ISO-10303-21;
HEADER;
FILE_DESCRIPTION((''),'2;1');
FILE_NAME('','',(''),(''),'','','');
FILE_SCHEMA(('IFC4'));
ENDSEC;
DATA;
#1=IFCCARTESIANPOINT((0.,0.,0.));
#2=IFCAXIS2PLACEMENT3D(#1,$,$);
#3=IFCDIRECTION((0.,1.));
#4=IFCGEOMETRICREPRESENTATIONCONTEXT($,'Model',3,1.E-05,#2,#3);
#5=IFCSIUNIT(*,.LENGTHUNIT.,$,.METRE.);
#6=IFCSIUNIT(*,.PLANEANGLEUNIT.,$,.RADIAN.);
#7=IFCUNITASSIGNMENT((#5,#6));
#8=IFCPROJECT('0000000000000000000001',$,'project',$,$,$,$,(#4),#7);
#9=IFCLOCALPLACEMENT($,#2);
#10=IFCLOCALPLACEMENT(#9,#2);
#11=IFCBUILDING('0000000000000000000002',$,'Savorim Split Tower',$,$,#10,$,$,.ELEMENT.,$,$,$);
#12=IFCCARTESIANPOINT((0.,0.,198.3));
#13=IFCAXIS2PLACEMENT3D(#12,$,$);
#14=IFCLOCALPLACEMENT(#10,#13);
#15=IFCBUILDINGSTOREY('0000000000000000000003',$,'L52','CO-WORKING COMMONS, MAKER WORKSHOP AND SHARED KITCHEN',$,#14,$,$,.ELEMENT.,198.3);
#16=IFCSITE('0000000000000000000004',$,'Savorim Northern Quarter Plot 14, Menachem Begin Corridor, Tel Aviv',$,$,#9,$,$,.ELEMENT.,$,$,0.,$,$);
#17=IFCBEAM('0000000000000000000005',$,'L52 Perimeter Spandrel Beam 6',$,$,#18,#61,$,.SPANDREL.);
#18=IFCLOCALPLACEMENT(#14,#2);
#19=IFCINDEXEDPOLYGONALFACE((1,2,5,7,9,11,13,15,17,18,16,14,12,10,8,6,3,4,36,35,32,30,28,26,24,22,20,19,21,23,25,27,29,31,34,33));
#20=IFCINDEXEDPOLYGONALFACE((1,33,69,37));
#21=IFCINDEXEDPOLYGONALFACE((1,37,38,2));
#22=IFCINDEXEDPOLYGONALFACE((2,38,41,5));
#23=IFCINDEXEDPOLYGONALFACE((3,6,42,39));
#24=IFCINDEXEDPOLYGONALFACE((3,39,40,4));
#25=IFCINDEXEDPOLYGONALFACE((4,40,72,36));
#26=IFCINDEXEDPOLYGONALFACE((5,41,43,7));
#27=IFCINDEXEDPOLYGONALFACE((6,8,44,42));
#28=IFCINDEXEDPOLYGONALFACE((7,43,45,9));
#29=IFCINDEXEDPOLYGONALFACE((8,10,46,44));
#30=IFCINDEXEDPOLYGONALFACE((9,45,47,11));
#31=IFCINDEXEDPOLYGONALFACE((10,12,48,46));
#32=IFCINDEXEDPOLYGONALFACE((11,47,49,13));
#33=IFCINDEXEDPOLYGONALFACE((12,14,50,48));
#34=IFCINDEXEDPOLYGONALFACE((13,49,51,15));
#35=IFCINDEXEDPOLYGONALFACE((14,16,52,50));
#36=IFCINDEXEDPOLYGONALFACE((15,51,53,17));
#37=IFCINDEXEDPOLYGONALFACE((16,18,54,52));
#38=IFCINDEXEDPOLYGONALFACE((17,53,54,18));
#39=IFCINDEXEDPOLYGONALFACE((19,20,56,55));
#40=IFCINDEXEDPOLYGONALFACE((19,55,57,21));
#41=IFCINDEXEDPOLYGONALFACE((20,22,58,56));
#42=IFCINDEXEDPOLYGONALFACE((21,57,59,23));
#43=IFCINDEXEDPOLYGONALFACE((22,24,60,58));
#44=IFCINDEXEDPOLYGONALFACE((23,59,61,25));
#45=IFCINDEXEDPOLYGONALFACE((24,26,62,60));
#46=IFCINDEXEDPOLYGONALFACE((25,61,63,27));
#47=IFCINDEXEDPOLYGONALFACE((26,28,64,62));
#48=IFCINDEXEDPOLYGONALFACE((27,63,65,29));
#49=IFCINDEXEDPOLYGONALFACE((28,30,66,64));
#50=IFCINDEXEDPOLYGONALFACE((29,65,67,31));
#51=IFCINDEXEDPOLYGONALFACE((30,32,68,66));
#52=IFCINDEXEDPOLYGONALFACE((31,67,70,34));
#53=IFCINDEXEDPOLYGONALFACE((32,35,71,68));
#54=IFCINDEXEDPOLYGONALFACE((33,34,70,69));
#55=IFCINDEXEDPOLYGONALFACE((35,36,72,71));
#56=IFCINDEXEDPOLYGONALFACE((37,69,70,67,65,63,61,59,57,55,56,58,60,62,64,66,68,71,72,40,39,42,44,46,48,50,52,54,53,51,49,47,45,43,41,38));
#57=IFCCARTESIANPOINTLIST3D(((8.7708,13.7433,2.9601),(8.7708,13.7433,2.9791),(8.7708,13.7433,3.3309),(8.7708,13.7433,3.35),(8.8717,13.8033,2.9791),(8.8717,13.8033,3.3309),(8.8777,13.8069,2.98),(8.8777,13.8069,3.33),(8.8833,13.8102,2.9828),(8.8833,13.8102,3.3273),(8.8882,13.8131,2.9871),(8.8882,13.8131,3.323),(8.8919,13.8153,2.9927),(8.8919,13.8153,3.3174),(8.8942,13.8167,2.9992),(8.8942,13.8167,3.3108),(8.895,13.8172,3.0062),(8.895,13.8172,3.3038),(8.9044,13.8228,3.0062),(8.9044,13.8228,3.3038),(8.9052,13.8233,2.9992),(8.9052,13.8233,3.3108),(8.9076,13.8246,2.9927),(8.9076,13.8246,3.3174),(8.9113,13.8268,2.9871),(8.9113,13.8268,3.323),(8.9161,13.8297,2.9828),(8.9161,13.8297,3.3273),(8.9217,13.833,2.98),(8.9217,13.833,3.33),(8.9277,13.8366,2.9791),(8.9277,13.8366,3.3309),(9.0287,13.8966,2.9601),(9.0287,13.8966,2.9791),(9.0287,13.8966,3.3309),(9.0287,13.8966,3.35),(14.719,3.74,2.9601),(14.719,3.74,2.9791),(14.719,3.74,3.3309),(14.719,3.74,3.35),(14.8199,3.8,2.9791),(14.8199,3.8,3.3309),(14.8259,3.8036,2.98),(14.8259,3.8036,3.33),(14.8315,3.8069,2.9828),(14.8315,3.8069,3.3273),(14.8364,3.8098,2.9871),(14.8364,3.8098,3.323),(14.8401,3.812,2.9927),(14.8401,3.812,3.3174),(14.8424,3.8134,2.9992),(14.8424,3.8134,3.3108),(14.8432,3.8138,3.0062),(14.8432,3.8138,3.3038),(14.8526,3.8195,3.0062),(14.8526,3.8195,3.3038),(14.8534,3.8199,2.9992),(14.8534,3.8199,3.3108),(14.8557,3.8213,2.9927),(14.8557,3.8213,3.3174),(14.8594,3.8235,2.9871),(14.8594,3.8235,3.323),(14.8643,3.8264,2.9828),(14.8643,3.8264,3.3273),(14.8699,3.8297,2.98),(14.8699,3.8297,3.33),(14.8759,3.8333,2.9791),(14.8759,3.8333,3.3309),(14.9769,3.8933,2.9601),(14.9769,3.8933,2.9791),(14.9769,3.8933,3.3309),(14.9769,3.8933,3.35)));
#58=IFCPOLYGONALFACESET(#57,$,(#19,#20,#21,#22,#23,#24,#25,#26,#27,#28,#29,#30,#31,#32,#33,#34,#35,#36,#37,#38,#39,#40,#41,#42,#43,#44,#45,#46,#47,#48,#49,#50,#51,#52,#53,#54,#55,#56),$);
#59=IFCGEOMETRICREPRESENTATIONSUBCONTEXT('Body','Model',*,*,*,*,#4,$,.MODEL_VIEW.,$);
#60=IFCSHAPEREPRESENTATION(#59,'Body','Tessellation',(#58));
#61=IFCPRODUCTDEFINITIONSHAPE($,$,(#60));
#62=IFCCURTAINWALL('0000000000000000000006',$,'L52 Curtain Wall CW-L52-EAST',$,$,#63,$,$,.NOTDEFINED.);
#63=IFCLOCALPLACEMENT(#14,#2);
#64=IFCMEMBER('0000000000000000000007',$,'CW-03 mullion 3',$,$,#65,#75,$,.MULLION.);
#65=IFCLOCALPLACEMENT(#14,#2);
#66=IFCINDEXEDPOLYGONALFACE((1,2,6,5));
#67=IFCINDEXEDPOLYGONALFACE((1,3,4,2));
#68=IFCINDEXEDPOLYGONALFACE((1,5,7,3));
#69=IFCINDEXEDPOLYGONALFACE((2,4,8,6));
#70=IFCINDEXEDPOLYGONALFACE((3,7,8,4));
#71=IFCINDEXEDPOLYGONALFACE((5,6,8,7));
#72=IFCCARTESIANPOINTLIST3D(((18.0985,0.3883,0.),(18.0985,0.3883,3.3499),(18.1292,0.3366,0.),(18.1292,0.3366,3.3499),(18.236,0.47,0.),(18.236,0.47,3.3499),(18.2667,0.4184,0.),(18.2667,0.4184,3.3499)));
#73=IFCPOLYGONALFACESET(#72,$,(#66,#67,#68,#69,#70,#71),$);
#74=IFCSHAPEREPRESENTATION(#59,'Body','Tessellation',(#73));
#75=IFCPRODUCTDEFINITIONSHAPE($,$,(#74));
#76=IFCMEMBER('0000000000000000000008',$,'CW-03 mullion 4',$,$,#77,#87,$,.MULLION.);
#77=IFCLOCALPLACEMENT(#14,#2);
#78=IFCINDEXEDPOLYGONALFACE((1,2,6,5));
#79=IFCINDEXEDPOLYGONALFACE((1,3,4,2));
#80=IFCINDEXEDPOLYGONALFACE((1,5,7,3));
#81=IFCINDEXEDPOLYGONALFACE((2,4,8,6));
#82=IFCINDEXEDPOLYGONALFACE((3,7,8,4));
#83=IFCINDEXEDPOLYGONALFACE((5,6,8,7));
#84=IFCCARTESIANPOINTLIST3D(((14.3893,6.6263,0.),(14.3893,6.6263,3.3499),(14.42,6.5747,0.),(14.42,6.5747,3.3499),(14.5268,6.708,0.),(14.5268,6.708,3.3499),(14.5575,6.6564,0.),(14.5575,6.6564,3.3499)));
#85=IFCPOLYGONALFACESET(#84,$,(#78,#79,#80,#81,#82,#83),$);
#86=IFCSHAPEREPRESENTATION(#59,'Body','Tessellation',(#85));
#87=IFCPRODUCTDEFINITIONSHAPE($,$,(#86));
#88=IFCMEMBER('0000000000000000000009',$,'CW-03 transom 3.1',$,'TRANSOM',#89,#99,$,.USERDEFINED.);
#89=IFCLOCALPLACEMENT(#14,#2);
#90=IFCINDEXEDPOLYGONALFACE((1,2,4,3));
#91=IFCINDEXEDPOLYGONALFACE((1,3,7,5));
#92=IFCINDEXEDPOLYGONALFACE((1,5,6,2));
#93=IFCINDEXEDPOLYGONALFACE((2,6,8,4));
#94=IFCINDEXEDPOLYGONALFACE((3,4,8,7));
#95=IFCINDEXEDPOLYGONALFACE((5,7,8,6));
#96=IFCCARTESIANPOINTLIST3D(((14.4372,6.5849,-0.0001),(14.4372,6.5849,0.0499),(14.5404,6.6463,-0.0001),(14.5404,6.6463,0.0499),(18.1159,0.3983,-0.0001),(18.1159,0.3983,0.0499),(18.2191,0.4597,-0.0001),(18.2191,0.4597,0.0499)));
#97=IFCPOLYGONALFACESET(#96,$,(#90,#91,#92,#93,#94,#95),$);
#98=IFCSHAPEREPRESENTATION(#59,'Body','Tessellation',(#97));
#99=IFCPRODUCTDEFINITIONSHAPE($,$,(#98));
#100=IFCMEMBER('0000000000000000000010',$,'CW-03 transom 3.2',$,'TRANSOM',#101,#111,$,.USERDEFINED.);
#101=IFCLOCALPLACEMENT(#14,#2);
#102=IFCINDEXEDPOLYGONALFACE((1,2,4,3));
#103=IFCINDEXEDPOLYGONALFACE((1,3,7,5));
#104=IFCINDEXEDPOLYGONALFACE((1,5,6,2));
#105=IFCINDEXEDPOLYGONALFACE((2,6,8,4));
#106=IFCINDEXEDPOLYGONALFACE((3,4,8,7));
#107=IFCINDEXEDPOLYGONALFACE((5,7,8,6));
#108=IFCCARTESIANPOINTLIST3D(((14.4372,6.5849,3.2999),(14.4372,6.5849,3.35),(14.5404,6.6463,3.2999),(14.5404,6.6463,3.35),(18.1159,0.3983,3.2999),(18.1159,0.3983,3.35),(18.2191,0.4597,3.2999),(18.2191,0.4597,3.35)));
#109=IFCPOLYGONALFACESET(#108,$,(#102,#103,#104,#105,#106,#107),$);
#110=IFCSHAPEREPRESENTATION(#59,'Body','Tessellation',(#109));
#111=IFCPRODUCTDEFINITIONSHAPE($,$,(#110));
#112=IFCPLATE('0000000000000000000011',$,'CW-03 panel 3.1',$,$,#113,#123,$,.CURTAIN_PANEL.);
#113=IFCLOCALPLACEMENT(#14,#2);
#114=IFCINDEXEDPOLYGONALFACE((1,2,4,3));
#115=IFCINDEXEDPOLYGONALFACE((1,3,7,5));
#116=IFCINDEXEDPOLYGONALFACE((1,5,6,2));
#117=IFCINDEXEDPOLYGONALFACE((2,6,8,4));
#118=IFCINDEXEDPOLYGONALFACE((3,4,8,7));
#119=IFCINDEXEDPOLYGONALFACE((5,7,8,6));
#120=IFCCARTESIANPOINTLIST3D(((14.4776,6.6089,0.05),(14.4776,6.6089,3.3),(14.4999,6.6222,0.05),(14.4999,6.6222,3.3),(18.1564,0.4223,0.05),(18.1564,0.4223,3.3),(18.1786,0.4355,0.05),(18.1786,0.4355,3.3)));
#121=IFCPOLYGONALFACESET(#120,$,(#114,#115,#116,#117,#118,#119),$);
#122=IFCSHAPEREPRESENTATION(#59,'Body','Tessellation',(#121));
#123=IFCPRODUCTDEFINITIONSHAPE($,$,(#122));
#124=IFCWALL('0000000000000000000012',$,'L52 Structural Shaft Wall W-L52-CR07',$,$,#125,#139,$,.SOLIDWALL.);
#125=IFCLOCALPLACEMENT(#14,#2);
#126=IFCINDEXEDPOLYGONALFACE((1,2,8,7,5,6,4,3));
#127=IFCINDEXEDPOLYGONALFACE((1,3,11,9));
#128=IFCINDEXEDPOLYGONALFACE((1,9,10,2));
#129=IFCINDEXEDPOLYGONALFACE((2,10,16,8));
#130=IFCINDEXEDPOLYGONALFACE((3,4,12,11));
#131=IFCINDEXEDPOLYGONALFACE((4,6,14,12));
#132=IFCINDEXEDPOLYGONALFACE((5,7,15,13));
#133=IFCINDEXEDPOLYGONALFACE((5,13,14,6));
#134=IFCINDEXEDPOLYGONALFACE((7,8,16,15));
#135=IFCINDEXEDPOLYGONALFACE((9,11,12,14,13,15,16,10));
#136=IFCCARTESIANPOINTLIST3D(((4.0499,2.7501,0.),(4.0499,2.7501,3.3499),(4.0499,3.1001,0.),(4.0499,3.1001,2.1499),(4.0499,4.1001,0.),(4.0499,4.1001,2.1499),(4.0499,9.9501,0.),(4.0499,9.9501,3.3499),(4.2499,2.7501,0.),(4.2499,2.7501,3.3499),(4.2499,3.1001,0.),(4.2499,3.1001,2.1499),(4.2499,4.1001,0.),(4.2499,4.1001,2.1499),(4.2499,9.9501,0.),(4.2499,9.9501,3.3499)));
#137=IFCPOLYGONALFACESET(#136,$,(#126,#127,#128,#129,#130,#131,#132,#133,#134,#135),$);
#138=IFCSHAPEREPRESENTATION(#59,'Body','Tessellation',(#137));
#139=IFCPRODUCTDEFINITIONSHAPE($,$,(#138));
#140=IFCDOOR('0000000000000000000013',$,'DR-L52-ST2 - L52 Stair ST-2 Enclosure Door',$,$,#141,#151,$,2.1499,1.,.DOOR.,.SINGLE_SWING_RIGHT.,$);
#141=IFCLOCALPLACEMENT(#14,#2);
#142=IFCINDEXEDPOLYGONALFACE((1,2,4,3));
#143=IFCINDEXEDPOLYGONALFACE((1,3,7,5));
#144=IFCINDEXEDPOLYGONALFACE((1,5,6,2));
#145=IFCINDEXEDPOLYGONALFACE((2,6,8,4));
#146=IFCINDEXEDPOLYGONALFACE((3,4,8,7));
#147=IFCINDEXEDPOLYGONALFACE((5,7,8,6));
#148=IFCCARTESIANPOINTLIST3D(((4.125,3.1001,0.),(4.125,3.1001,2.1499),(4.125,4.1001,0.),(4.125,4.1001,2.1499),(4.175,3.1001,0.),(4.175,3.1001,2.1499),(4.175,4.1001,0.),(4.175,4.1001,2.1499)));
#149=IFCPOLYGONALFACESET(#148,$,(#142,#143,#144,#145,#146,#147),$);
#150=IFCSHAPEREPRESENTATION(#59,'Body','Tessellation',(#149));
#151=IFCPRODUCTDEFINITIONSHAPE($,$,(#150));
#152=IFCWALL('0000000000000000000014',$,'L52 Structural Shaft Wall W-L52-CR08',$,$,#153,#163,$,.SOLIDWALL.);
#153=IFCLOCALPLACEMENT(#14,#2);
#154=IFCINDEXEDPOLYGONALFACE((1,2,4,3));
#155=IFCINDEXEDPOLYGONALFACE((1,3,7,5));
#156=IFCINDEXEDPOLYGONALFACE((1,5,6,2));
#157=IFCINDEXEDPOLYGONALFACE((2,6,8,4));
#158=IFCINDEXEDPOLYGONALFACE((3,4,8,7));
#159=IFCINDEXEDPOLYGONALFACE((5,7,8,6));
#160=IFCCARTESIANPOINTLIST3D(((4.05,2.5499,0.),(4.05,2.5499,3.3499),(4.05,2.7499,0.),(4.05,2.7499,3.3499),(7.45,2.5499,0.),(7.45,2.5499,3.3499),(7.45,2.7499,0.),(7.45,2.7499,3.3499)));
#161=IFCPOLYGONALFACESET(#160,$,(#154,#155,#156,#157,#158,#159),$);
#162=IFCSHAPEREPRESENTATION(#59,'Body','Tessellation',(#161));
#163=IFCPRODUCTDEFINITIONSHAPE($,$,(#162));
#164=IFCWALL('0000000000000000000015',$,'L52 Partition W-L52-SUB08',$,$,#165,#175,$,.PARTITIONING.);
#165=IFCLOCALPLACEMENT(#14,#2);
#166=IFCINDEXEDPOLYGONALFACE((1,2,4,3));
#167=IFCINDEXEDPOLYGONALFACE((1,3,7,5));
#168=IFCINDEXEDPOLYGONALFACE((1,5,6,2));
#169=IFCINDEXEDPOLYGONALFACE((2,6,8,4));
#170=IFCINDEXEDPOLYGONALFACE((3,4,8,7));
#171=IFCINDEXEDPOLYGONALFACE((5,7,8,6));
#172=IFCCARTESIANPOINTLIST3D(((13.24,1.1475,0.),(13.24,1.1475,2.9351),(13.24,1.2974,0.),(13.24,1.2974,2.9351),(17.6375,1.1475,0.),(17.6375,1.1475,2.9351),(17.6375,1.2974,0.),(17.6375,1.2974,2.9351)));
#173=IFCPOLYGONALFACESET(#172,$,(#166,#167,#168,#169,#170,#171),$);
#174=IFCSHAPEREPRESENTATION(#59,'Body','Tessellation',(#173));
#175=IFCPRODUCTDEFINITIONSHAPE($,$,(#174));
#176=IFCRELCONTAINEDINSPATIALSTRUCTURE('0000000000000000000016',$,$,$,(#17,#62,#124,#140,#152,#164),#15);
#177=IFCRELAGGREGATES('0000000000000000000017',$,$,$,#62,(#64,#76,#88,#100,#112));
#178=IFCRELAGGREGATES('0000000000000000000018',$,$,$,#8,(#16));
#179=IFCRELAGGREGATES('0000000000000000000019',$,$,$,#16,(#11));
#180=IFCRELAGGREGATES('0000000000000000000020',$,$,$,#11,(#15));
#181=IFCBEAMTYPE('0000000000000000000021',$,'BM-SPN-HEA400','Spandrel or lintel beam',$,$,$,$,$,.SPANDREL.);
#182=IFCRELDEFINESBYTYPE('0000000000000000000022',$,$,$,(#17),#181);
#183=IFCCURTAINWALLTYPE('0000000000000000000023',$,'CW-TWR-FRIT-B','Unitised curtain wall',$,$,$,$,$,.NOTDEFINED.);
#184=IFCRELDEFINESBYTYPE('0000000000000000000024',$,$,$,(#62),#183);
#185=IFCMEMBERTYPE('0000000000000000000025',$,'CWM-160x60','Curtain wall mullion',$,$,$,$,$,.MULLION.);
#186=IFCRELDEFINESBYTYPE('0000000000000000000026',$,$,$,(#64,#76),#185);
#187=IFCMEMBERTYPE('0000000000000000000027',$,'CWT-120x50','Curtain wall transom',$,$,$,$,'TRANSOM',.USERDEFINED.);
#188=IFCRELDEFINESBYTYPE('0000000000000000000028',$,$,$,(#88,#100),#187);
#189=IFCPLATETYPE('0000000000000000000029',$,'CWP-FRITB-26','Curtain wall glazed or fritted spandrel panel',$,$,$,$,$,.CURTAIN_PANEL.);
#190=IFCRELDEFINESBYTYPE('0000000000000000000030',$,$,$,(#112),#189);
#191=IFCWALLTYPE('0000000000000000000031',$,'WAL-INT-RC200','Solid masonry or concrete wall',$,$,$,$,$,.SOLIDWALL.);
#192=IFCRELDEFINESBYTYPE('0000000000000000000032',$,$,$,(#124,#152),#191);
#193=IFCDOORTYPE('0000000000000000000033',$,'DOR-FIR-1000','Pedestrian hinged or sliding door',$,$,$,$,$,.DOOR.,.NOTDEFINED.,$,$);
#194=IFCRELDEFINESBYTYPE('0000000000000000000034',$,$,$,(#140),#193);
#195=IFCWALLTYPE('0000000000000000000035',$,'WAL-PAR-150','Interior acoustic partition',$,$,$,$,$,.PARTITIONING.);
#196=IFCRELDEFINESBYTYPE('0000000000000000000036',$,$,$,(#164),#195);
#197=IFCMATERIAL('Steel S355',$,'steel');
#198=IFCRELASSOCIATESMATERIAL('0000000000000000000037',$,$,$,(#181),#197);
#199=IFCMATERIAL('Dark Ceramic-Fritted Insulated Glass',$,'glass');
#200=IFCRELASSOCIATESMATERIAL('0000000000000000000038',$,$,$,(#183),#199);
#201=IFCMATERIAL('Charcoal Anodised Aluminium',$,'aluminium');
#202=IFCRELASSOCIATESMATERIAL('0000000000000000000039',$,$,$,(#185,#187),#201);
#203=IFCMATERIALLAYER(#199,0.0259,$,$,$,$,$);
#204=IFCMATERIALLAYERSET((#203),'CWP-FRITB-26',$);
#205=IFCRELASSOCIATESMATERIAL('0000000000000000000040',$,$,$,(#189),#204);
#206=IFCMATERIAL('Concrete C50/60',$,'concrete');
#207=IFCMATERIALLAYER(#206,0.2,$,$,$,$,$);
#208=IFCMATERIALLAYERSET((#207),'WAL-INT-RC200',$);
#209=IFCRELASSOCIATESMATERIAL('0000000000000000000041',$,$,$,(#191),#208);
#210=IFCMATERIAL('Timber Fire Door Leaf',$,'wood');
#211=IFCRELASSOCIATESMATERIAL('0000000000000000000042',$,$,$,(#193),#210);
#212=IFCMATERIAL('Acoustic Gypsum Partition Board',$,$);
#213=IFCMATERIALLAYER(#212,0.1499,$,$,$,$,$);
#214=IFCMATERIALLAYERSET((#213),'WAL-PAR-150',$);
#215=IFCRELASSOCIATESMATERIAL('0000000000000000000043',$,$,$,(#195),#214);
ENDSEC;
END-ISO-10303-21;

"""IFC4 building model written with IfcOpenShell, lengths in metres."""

from ifc_helpers import new_model, si_unit, direction, frame, frame_2d, origin, origin_2d, place, context, subcontext, project, spatial, rectangle, i_section, extrude, material, layer, layer_set, material_profile, profile_set, type_object, element, fill, aggregate, save


model = new_model("IFC4")

# Units and contexts
model_context = context("Model", 3, precision=1e-05, world=origin(), true_north=direction((0.0, 1.0)))
body_context = subcontext(model_context, "Body", "Model", "MODEL_VIEW")
ifc_project = project(units=[si_unit("LENGTHUNIT", "METRE"), si_unit("PLANEANGLEUNIT", "RADIAN")], contexts=[model_context])

# Site, building, storey
site_placement = place(None, origin())
site = spatial("IfcSite", under=ifc_project, at=site_placement, Name="Savorim Northern Quarter Plot 14, Menachem Begin Corridor, Tel Aviv", CompositionType="ELEMENT", RefElevation=0.0)
building_placement = place(site_placement, origin())
building = spatial("IfcBuilding", under=site, at=building_placement, Name="Savorim Split Tower", CompositionType="ELEMENT")
storey_placement = place(building_placement, frame((0.0, 0.0, 198.3)))
storey = spatial("IfcBuildingStorey", under=building, at=storey_placement, Name="L52", Description="CO-WORKING COMMONS, MAKER WORKSHOP AND SHARED KITCHEN", CompositionType="ELEMENT", Elevation=198.3)

# Shared definitions
ifc_material_1 = material(Name="Steel S355", Category="steel")

# Beam
ifc_material_profile_1 = material_profile(ifc_material_1, i_section(OverallWidth=0.3, OverallDepth=0.3899, WebThickness=0.011, FlangeThickness=0.019, FilletRadius=0.0271, at=origin_2d()), Name="HEA 400")
ifc_profile_set_1 = profile_set([ifc_material_profile_1], Name="Steel S355")
beam_type_1 = type_object("IfcBeamType", Name="BM-SPN-HEA400", Description="Spandrel or lintel beam", PredefinedType="SPANDREL", material=ifc_profile_set_1)
beam_1_placement = place(storey_placement, frame((14.8479, 3.8167, 3.155), z_axis=(-0.511092, 0.859526, 0.0), x_axis=(-0.859526, -0.511092, 0.0)))
element("IfcBeam", 1, at=beam_1_placement, inside=storey, type_object=beam_type_1, Name="L52 Perimeter Spandrel Beam 6", PredefinedType="SPANDREL", context=body_context, shape_type="SweptSolid", body=[
    extrude(i_section(OverallWidth=0.3, OverallDepth=0.3899, WebThickness=0.011, FlangeThickness=0.019, FilletRadius=0.0271, at=origin_2d()), origin(), (0.0, 0.0, 1.0), 11.6382),
])

# Curtain wall, members, plate
ifc_material_2 = material(Name="Dark Ceramic-Fritted Insulated Glass", Category="glass")
curtain_wall_type = type_object("IfcCurtainWallType", Name="CW-TWR-FRIT-B", Description="Unitised curtain wall", PredefinedType="NOTDEFINED", material=ifc_material_2)
curtain_wall_placement = place(storey_placement, origin())
curtain_wall = element("IfcCurtainWall", 2, at=curtain_wall_placement, inside=storey, type_object=curtain_wall_type, Name="L52 Curtain Wall CW-L52-EAST", PredefinedType="NOTDEFINED")
ifc_material_3 = material(Name="Charcoal Anodised Aluminium", Category="aluminium")
ifc_material_profile_2 = material_profile(ifc_material_3, rectangle(XDim=0.1599, YDim=0.0601, at=origin_2d()), Name="ALU-M 160x60")
ifc_profile_set_2 = profile_set([ifc_material_profile_2], Name="Charcoal Anodised Aluminium")
member_type_1 = type_object("IfcMemberType", Name="CWM-160x60", Description="Curtain wall mullion", PredefinedType="MULLION", material=ifc_profile_set_2)
member_1_placement = place(storey_placement, frame((18.1826, 0.4033, 0.0), z_axis=(0.0, 0.0, 1.0), x_axis=(-0.859526, -0.511092, 0.0)))
member_1 = element("IfcMember", 3, at=member_1_placement, type_object=member_type_1, Name="CW-03 mullion 3", PredefinedType="MULLION", context=body_context, shape_type="SweptSolid", body=[
    extrude(rectangle(XDim=0.1599, YDim=0.0601, at=origin_2d()), origin(), (0.0, 0.0, 1.0), 3.3499),
])
member_2_placement = place(storey_placement, frame((14.4734, 6.6414, 0.0), z_axis=(0.0, 0.0, 1.0), x_axis=(-0.859526, -0.511092, 0.0)))
member_2 = element("IfcMember", 4, at=member_2_placement, type_object=member_type_1, Name="CW-03 mullion 4", PredefinedType="MULLION", context=body_context, shape_type="SweptSolid", body=[
    extrude(rectangle(XDim=0.1599, YDim=0.0601, at=origin_2d()), origin(), (0.0, 0.0, 1.0), 3.3499),
])
ifc_material_profile_3 = material_profile(ifc_material_3, rectangle(XDim=0.1201, YDim=0.05, at=origin_2d()), Name="ALU-T 120x50")
ifc_profile_set_3 = profile_set([ifc_material_profile_3], Name="Charcoal Anodised Aluminium")
member_type_2 = type_object("IfcMemberType", Name="CWT-120x50", Description="Curtain wall transom", ElementType="TRANSOM", PredefinedType="USERDEFINED", material=ifc_profile_set_3)
member_3_placement = place(storey_placement, frame((18.1675, 0.429, 0.0249), z_axis=(-0.511085, 0.85953, 0.0), x_axis=(-0.85953, -0.511085, 0.0)))
member_3 = element("IfcMember", 5, at=member_3_placement, type_object=member_type_2, Name="CW-03 transom 3.1", ObjectType="TRANSOM", PredefinedType="USERDEFINED", context=body_context, shape_type="SweptSolid", body=[
    extrude(rectangle(XDim=0.1201, YDim=0.05, at=origin_2d()), origin(), (0.0, 0.0, 1.0), 7.1978),
])
member_4_placement = place(storey_placement, frame((18.1675, 0.429, 3.325), z_axis=(-0.511085, 0.85953, 0.0), x_axis=(-0.85953, -0.511085, 0.0)))
member_4 = element("IfcMember", 6, at=member_4_placement, type_object=member_type_2, Name="CW-03 transom 3.2", ObjectType="TRANSOM", PredefinedType="USERDEFINED", context=body_context, shape_type="SweptSolid", body=[
    extrude(rectangle(XDim=0.1201, YDim=0.05, at=origin_2d()), origin(), (0.0, 0.0, 1.0), 7.1978),
])
ifc_layer_1 = layer(ifc_material_2, 0.0259)
ifc_layer_set_1 = layer_set([ifc_layer_1], Name="CWP-FRITB-26")
plate_type = type_object("IfcPlateType", Name="CWP-FRITB-26", Description="Curtain wall glazed or fritted spandrel panel", PredefinedType="CURTAIN_PANEL", material=ifc_layer_set_1)
plate_placement = place(storey_placement, frame((16.3281, 3.5222, 0.05), z_axis=(0.0, 0.0, 1.0), x_axis=(-0.511092, 0.859526, 0.0)))
plate = element("IfcPlate", 7, at=plate_placement, type_object=plate_type, Name="CW-03 panel 3.1", PredefinedType="CURTAIN_PANEL", context=body_context, shape_type="SweptSolid", body=[
    extrude(rectangle(XDim=7.1978, YDim=0.0259, at=origin_2d()), origin(), (0.0, 0.0, 1.0), 3.25),
])
aggregate(curtain_wall, [member_1, member_2, member_3, member_4, plate])

# Wall, opening, door
ifc_material_4 = material(Name="Concrete C50/60", Category="concrete")
ifc_layer_2 = layer(ifc_material_4, 0.2)
ifc_layer_set_2 = layer_set([ifc_layer_2], Name="WAL-INT-RC200")
wall_type_1 = type_object("IfcWallType", Name="WAL-INT-RC200", Description="Solid masonry or concrete wall", PredefinedType="SOLIDWALL", material=ifc_layer_set_2)
wall_1_placement = place(storey_placement, frame((4.1499, 2.75, 0.0), z_axis=(0.0, 0.0, 1.0), x_axis=(0.0, 1.0, 0.0)))
wall_1 = element("IfcWall", 8, at=wall_1_placement, inside=storey, type_object=wall_type_1, Name="L52 Structural Shaft Wall W-L52-CR07", PredefinedType="SOLIDWALL", context=body_context, shape_type="SweptSolid", body=[
    extrude(rectangle(XDim=7.2, YDim=0.2, at=frame_2d((3.6001, 0.0))), origin(), (0.0, 0.0, 1.0), 3.3499),
])
opening_1_placement = place(wall_1_placement, frame((0.3501, 0.0, 0.0)))
opening_1 = element("IfcOpeningElement", 9, at=opening_1_placement, cuts=wall_1, PredefinedType="OPENING", context=body_context, shape_type="SweptSolid", body=[
    extrude(rectangle(XDim=1.0, YDim=2.1499, at=frame_2d((0.5, 1.075))), frame((0.0, 0.1099, 0.0), z_axis=(0.0, -1.0, 0.0), x_axis=(1.0, 0.0, 0.0)), (0.0, 0.0, 1.0), 0.22),
])
ifc_material_5 = material(Name="Timber Fire Door Leaf", Category="wood")
door_type_1 = type_object("IfcDoorType", Name="DOR-FIR-1000", Description="Pedestrian hinged or sliding door", OperationType="NOTDEFINED", PredefinedType="DOOR", material=ifc_material_5)
door_1_placement = place(opening_1_placement, origin())
door_1 = element("IfcDoor", 10, at=door_1_placement, inside=storey, type_object=door_type_1, Name="DR-L52-ST2 - L52 Stair ST-2 Enclosure Door", OperationType="SINGLE_SWING_RIGHT", OverallHeight=2.1499, OverallWidth=1.0, PredefinedType="DOOR", context=body_context, shape_type="SweptSolid", body=[
    extrude(rectangle(XDim=1.0, YDim=2.1499, at=frame_2d((0.5, 1.075))), frame((0.0, 0.0249, 0.0), z_axis=(0.0, -1.0, 0.0), x_axis=(1.0, 0.0, 0.0)), (0.0, 0.0, 1.0), 0.05),
])
fill(opening_1, door_1)

# Wall
wall_2_placement = place(storey_placement, frame((4.05, 2.6499, 0.0), z_axis=(0.0, 0.0, 1.0), x_axis=(1.0, 0.0, 0.0)))
element("IfcWall", 11, at=wall_2_placement, inside=storey, type_object=wall_type_1, Name="L52 Structural Shaft Wall W-L52-CR08", PredefinedType="SOLIDWALL", context=body_context, shape_type="SweptSolid", body=[
    extrude(rectangle(XDim=3.3999, YDim=0.2, at=frame_2d((1.7, 0.0))), origin(), (0.0, 0.0, 1.0), 3.3499),
])

# Wall
ifc_material_6 = material(Name="Acoustic Gypsum Partition Board")
ifc_layer_3 = layer(ifc_material_6, 0.1499)
ifc_layer_set_3 = layer_set([ifc_layer_3], Name="WAL-PAR-150")
wall_type_2 = type_object("IfcWallType", Name="WAL-PAR-150", Description="Interior acoustic partition", PredefinedType="PARTITIONING", material=ifc_layer_set_3)
wall_3_placement = place(storey_placement, frame((13.24, 1.2224, 0.0), z_axis=(0.0, 0.0, 1.0), x_axis=(1.0, 0.0, 0.0)))
element("IfcWall", 12, at=wall_3_placement, inside=storey, type_object=wall_type_2, Name="L52 Partition W-L52-SUB08", PredefinedType="PARTITIONING", context=body_context, shape_type="SweptSolid", body=[
    extrude(rectangle(XDim=4.3975, YDim=0.1499, at=frame_2d((2.1987, 0.0))), origin(), (0.0, 0.0, 1.0), 2.9351),
])

save(model, "model.ifc")
